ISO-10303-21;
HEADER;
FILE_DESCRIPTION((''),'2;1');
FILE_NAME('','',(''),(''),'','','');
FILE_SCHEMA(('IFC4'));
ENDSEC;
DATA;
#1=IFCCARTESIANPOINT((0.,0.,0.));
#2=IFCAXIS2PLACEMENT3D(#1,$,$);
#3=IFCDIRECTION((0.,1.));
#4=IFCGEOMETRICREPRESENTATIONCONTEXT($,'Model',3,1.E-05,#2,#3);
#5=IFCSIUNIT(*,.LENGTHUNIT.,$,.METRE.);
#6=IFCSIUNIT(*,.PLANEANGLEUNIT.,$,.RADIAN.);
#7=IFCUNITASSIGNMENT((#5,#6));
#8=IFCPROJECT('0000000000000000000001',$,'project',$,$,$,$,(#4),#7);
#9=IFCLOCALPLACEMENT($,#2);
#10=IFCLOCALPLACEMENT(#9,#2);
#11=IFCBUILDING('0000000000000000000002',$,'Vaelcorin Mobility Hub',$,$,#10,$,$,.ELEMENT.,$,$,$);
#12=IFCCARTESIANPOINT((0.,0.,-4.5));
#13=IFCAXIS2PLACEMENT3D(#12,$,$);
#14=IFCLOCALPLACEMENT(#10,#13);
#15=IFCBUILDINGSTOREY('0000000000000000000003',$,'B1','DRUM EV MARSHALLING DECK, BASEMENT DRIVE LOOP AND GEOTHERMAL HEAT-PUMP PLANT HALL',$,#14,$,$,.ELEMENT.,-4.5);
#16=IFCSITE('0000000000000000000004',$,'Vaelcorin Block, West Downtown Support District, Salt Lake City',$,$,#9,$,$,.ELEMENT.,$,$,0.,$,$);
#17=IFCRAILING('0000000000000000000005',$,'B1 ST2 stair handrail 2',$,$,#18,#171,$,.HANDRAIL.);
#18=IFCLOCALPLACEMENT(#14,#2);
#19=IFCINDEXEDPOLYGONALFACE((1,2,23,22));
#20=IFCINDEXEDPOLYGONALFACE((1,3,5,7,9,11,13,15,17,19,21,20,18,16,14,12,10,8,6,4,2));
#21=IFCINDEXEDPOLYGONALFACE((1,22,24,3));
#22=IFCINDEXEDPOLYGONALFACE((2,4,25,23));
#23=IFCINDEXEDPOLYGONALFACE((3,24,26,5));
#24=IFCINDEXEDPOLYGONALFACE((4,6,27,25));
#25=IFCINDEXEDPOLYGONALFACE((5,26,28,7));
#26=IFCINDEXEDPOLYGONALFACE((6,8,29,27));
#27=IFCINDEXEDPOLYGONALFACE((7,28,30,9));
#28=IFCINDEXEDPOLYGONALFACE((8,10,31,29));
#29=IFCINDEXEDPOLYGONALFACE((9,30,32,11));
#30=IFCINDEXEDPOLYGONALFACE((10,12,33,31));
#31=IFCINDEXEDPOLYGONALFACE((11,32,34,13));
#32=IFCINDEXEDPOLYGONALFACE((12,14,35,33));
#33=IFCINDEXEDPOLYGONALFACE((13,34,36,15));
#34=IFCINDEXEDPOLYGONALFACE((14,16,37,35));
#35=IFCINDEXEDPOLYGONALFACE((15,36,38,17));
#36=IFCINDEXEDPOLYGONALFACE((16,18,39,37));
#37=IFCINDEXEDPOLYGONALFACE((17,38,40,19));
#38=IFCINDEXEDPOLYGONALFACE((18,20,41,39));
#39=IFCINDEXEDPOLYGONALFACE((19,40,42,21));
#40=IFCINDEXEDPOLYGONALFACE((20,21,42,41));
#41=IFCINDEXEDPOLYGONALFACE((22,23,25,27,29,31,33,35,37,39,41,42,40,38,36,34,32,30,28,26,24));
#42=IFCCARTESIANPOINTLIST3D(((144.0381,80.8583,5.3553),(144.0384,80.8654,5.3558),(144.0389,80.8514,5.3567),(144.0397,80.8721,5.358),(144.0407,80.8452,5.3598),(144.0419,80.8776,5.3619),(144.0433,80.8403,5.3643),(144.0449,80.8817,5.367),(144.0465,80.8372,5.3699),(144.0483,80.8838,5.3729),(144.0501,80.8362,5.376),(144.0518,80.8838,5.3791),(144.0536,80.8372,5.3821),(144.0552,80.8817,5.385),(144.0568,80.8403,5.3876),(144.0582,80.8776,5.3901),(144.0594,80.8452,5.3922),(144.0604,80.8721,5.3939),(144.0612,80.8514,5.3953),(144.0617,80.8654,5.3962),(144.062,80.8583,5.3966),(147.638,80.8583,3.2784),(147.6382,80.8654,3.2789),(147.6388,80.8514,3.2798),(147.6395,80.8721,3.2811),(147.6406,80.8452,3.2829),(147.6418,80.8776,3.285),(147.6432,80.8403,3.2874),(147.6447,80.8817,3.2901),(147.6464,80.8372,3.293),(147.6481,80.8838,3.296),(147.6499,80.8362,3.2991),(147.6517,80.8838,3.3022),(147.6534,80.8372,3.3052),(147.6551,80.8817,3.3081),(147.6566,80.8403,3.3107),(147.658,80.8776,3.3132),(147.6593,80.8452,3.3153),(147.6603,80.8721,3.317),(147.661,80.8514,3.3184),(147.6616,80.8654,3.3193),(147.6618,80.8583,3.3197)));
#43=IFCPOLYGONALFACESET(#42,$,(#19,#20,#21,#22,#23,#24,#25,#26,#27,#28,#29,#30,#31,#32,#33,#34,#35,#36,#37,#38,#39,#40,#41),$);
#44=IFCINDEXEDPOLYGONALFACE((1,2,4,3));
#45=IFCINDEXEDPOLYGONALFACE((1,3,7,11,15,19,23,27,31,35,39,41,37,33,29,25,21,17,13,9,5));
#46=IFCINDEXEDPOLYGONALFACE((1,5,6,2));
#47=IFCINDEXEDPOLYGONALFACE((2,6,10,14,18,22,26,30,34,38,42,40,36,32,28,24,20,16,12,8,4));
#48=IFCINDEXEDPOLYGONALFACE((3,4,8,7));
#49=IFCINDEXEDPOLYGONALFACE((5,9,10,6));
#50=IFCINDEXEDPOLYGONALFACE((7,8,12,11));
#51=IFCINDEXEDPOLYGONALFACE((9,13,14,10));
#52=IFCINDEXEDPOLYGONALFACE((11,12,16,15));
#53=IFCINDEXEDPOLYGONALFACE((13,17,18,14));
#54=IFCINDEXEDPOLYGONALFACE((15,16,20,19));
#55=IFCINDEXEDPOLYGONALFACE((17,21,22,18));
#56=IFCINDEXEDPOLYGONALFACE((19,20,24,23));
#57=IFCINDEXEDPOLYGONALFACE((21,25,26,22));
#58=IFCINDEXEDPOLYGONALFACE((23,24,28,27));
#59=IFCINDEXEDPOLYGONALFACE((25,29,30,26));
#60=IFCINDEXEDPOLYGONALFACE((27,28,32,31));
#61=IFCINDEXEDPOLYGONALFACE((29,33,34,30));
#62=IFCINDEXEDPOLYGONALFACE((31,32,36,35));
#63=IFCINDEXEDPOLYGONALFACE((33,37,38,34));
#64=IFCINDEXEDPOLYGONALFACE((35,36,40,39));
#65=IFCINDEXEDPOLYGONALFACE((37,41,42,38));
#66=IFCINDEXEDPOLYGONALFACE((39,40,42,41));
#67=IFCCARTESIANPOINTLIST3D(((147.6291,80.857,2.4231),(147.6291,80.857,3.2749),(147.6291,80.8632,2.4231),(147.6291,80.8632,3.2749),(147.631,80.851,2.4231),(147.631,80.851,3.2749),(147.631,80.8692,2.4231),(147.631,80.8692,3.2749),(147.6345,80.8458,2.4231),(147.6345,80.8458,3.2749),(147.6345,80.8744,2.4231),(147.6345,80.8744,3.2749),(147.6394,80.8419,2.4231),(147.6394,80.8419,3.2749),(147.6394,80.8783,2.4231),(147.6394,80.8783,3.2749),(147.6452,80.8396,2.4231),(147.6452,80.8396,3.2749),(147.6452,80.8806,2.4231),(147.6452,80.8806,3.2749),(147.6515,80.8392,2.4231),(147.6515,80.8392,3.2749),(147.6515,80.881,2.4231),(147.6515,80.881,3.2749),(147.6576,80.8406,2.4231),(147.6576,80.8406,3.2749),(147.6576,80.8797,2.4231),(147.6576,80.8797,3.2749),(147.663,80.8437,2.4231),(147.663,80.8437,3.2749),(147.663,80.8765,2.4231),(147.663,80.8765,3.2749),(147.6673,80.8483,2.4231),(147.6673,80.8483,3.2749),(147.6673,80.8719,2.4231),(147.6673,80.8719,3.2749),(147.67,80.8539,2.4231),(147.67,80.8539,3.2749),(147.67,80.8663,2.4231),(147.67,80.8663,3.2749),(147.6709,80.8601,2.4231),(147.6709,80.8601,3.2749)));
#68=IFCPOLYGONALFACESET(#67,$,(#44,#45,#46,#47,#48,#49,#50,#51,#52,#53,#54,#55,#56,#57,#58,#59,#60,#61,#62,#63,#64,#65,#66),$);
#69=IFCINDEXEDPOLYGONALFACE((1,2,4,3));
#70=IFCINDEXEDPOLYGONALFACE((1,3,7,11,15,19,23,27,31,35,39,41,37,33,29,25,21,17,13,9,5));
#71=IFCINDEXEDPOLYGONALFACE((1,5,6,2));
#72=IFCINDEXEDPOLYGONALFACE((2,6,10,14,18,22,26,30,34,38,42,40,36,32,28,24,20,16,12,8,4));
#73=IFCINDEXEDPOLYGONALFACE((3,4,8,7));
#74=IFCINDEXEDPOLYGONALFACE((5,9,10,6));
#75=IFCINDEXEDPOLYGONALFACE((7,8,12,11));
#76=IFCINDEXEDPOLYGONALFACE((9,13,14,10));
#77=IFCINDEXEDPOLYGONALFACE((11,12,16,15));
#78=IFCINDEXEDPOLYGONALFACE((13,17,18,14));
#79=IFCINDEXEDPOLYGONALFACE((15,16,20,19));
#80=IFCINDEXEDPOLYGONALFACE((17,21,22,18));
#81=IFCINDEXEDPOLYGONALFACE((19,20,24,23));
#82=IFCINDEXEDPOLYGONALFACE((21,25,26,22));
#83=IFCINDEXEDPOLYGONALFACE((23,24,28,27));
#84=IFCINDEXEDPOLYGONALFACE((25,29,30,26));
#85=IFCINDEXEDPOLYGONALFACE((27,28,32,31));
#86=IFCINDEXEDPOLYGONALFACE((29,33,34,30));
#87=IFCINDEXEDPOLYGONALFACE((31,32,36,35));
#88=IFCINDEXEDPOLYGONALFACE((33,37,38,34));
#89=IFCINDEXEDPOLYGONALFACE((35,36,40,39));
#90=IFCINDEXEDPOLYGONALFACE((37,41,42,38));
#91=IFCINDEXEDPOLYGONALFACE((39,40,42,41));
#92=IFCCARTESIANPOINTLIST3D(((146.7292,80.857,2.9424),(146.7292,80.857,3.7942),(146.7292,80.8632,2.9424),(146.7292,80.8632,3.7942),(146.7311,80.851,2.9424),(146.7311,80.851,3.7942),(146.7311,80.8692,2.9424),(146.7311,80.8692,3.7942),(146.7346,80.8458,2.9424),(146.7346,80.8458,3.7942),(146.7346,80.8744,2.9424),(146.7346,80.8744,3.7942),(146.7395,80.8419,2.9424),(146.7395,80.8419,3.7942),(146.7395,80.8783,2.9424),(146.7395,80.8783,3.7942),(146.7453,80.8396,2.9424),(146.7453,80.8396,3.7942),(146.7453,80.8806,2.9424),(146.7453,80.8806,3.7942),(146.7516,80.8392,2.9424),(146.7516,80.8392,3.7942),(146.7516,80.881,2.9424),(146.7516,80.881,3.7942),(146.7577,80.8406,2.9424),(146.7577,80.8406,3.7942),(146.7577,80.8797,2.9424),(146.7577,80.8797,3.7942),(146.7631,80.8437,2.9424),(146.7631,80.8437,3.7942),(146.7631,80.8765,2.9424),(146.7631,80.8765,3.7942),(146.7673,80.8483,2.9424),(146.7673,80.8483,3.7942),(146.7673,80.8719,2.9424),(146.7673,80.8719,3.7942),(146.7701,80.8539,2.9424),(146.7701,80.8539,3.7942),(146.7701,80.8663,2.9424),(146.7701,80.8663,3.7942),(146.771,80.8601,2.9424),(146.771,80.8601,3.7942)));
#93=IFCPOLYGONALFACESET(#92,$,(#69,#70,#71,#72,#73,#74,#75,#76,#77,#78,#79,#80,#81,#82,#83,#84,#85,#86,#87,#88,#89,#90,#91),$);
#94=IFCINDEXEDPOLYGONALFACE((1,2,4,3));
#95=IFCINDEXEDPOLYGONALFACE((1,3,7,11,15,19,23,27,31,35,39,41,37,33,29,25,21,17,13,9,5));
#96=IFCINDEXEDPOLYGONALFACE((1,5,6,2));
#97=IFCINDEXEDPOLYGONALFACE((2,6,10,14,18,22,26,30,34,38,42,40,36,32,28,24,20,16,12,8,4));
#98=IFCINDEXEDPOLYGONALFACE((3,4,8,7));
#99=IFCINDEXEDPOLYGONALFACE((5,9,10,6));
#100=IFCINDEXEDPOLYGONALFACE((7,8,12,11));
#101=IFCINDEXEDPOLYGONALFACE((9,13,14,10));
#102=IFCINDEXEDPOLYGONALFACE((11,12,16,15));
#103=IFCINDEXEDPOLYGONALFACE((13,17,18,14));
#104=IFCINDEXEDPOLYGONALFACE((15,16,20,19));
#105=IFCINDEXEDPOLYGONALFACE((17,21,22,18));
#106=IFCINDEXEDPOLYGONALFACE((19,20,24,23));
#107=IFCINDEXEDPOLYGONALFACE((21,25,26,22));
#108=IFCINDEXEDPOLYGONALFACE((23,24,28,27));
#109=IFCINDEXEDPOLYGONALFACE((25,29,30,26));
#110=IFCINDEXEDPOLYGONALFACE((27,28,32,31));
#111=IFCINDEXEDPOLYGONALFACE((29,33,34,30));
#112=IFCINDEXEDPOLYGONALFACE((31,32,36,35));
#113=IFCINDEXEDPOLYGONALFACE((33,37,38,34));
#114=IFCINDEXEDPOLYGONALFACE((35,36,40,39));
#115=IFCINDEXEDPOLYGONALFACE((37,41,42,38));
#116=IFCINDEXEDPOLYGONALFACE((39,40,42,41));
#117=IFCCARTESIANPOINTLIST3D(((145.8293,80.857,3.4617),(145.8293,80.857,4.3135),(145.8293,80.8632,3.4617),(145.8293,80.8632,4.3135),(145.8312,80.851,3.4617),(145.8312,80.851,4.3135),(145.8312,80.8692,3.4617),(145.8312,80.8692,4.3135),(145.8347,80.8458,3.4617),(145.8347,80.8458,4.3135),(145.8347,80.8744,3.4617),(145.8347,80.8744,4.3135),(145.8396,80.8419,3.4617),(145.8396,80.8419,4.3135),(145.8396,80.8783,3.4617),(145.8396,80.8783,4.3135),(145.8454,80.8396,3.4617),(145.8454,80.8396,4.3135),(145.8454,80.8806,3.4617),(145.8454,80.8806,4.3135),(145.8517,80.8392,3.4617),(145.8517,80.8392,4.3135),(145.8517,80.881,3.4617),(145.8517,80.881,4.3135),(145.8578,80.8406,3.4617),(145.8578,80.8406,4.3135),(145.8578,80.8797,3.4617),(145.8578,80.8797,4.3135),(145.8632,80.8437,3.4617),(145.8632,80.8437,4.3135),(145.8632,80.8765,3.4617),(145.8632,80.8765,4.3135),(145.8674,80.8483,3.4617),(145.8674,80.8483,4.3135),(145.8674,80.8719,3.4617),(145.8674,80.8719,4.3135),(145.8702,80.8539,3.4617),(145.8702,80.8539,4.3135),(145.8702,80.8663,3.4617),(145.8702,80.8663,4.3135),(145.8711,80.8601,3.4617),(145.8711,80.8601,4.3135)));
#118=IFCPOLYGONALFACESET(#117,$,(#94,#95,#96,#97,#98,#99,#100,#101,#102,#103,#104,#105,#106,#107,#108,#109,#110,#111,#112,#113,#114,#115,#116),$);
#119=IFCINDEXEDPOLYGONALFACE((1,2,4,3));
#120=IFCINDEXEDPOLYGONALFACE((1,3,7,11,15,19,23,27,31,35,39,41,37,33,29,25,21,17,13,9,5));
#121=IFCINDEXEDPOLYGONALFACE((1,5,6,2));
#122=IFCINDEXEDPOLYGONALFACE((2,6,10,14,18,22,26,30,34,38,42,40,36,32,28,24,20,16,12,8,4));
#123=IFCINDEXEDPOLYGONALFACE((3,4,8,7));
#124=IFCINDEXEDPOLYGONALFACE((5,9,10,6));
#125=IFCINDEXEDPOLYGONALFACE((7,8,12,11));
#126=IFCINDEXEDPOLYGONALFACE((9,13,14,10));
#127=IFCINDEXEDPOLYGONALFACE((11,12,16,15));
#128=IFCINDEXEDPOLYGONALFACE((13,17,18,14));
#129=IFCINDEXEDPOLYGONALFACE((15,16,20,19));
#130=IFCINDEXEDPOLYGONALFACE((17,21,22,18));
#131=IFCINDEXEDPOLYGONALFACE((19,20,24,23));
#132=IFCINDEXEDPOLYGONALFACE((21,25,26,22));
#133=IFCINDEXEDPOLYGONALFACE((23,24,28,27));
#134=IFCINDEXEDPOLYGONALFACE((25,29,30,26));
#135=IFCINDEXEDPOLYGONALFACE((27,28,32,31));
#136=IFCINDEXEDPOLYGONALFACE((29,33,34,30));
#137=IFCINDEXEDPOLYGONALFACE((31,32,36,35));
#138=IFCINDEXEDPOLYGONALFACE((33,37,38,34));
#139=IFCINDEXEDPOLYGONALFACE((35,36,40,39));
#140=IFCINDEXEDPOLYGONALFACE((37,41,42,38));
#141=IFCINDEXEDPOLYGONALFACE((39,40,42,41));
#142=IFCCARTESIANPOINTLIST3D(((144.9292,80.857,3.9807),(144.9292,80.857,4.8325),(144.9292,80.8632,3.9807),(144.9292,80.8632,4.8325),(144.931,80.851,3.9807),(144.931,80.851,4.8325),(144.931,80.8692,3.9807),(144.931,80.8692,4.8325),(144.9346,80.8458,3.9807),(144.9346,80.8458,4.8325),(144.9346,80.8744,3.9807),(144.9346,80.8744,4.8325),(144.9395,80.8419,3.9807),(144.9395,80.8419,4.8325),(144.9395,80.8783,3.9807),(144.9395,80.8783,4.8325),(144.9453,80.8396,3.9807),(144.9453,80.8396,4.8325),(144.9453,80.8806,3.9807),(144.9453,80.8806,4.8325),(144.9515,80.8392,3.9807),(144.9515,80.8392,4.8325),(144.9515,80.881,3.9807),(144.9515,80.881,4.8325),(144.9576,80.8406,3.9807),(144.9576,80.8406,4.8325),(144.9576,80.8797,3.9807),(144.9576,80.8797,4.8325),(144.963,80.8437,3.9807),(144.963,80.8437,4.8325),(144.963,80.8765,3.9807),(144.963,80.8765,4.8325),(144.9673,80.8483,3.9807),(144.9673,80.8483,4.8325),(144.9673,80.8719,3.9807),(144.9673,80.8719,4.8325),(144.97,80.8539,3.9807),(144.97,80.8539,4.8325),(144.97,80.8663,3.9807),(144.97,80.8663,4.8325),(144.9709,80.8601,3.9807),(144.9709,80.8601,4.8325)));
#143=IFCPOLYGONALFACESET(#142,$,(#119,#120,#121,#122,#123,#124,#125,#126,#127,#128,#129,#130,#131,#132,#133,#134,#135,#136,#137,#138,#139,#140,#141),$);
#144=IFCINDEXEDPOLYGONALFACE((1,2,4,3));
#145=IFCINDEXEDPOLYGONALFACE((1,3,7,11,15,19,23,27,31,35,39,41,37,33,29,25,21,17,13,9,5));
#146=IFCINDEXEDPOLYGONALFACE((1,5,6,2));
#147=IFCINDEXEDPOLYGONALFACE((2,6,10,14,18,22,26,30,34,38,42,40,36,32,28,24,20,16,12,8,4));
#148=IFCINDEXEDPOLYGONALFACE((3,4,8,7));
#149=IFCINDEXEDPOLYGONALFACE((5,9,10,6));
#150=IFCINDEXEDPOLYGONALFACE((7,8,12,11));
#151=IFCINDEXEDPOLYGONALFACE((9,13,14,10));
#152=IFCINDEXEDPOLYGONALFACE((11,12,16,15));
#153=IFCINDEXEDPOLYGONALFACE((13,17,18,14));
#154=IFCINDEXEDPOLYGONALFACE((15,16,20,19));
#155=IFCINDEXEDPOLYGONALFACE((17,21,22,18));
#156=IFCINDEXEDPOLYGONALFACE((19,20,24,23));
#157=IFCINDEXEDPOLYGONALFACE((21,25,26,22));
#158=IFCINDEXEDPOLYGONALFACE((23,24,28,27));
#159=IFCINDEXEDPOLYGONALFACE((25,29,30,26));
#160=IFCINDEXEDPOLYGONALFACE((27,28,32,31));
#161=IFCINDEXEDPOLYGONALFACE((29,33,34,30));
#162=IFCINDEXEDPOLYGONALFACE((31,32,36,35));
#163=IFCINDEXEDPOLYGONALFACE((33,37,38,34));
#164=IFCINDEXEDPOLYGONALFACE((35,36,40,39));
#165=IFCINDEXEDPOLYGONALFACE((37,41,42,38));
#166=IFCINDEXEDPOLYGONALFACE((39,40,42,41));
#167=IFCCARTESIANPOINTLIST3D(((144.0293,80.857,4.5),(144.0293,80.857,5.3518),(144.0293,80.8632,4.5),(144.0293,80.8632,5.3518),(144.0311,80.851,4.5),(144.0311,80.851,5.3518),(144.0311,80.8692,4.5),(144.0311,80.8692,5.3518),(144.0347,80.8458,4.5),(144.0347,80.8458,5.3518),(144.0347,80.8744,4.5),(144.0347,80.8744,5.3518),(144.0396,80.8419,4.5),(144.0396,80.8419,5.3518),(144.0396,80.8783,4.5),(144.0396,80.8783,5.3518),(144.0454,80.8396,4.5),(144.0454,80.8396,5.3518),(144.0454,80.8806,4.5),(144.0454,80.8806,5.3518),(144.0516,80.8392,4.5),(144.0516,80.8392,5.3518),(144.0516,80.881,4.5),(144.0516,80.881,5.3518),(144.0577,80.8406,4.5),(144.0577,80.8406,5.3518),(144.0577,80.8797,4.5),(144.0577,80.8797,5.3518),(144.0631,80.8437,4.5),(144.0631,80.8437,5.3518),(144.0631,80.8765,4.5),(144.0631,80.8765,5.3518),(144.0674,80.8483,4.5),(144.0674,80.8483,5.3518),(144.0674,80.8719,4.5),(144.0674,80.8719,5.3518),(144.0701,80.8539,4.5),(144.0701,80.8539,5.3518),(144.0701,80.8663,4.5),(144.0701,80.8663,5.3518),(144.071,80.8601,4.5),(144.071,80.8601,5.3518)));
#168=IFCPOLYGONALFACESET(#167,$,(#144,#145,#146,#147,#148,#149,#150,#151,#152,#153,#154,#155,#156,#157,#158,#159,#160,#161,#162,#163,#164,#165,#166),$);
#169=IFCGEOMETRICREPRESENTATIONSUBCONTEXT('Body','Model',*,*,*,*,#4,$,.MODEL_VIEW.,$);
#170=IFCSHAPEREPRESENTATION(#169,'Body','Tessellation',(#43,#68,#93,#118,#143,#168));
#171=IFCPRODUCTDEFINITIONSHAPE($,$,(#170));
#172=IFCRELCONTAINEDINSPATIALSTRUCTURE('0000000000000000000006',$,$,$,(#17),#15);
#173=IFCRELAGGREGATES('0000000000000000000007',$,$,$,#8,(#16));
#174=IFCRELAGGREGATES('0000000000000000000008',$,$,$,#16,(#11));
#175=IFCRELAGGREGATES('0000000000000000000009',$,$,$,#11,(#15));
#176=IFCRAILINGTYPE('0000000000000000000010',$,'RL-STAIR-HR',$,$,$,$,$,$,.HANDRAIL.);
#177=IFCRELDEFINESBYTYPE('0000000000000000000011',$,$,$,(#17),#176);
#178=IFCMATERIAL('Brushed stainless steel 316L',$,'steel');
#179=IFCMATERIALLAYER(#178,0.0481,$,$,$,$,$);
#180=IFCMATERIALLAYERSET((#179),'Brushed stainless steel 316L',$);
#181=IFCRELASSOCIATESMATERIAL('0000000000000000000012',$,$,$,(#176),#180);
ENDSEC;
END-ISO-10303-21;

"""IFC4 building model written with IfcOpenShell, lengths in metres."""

from ifc_helpers import new_model, si_unit, direction, frame, origin, origin_2d, place, context, subcontext, project, spatial, circle, extrude, material, layer, layer_set, type_object, element, save


model = new_model("IFC4")

# Units and contexts
model_context = context("Model", 3, precision=1e-05, world=origin(), true_north=direction((0.0, 1.0)))
body_context = subcontext(model_context, "Body", "Model", "MODEL_VIEW")
ifc_project = project(units=[si_unit("LENGTHUNIT", "METRE"), si_unit("PLANEANGLEUNIT", "RADIAN")], contexts=[model_context])

# Site, building, storey
site_placement = place(None, origin())
site = spatial("IfcSite", under=ifc_project, at=site_placement, Name="Vaelcorin Block, West Downtown Support District, Salt Lake City", CompositionType="ELEMENT", RefElevation=0.0)
building_placement = place(site_placement, origin())
building = spatial("IfcBuilding", under=site, at=building_placement, Name="Vaelcorin Mobility Hub", CompositionType="ELEMENT")
storey_placement = place(building_placement, frame((0.0, 0.0, -4.5)))
storey = spatial("IfcBuildingStorey", under=building, at=storey_placement, Name="B1", Description="DRUM EV MARSHALLING DECK, BASEMENT DRIVE LOOP AND GEOTHERMAL HEAT-PUMP PLANT HALL", CompositionType="ELEMENT", Elevation=-4.5)

# Railing
ifc_material_1 = material(Name="Brushed stainless steel 316L", Category="steel")
ifc_layer_1 = layer(ifc_material_1, 0.0481)
ifc_layer_set_1 = layer_set([ifc_layer_1], Name="Brushed stainless steel 316L")
railing_type_1 = type_object("IfcRailingType", Name="RL-STAIR-HR", PredefinedType="HANDRAIL", material=ifc_layer_set_1)
railing_1_placement = place(storey_placement, frame((147.6499, 80.8601, 2.4231)))
element("IfcRailing", 1, at=railing_1_placement, inside=storey, type_object=railing_type_1, Name="B1 ST2 stair handrail 2", PredefinedType="HANDRAIL", context=body_context, shape_type="SweptSolid", body=[
    extrude(circle(Radius=0.0239, at=origin_2d()), frame((0.0, 0.0, 0.876), z_axis=(-0.866179, 0.0, 0.499734), x_axis=(0.0, -1.0, 0.0)), (0.0, 0.0, 1.0), 4.156),
    extrude(circle(Radius=0.021, at=origin_2d()), origin(), (0.0, 0.0, 1.0), 0.8518),
    extrude(circle(Radius=0.021, at=origin_2d()), frame((-0.8999, 0.0, 0.5193)), (0.0, 0.0, 1.0), 0.8518),
    extrude(circle(Radius=0.021, at=origin_2d()), frame((-1.7998, 0.0, 1.0386)), (0.0, 0.0, 1.0), 0.8518),
    extrude(circle(Radius=0.021, at=origin_2d()), frame((-2.7, 0.0, 1.5576)), (0.0, 0.0, 1.0), 0.8518),
    extrude(circle(Radius=0.021, at=origin_2d()), frame((-3.5999, 0.0, 2.0769)), (0.0, 0.0, 1.0), 0.8518),
])

save(model, "model.ifc")
